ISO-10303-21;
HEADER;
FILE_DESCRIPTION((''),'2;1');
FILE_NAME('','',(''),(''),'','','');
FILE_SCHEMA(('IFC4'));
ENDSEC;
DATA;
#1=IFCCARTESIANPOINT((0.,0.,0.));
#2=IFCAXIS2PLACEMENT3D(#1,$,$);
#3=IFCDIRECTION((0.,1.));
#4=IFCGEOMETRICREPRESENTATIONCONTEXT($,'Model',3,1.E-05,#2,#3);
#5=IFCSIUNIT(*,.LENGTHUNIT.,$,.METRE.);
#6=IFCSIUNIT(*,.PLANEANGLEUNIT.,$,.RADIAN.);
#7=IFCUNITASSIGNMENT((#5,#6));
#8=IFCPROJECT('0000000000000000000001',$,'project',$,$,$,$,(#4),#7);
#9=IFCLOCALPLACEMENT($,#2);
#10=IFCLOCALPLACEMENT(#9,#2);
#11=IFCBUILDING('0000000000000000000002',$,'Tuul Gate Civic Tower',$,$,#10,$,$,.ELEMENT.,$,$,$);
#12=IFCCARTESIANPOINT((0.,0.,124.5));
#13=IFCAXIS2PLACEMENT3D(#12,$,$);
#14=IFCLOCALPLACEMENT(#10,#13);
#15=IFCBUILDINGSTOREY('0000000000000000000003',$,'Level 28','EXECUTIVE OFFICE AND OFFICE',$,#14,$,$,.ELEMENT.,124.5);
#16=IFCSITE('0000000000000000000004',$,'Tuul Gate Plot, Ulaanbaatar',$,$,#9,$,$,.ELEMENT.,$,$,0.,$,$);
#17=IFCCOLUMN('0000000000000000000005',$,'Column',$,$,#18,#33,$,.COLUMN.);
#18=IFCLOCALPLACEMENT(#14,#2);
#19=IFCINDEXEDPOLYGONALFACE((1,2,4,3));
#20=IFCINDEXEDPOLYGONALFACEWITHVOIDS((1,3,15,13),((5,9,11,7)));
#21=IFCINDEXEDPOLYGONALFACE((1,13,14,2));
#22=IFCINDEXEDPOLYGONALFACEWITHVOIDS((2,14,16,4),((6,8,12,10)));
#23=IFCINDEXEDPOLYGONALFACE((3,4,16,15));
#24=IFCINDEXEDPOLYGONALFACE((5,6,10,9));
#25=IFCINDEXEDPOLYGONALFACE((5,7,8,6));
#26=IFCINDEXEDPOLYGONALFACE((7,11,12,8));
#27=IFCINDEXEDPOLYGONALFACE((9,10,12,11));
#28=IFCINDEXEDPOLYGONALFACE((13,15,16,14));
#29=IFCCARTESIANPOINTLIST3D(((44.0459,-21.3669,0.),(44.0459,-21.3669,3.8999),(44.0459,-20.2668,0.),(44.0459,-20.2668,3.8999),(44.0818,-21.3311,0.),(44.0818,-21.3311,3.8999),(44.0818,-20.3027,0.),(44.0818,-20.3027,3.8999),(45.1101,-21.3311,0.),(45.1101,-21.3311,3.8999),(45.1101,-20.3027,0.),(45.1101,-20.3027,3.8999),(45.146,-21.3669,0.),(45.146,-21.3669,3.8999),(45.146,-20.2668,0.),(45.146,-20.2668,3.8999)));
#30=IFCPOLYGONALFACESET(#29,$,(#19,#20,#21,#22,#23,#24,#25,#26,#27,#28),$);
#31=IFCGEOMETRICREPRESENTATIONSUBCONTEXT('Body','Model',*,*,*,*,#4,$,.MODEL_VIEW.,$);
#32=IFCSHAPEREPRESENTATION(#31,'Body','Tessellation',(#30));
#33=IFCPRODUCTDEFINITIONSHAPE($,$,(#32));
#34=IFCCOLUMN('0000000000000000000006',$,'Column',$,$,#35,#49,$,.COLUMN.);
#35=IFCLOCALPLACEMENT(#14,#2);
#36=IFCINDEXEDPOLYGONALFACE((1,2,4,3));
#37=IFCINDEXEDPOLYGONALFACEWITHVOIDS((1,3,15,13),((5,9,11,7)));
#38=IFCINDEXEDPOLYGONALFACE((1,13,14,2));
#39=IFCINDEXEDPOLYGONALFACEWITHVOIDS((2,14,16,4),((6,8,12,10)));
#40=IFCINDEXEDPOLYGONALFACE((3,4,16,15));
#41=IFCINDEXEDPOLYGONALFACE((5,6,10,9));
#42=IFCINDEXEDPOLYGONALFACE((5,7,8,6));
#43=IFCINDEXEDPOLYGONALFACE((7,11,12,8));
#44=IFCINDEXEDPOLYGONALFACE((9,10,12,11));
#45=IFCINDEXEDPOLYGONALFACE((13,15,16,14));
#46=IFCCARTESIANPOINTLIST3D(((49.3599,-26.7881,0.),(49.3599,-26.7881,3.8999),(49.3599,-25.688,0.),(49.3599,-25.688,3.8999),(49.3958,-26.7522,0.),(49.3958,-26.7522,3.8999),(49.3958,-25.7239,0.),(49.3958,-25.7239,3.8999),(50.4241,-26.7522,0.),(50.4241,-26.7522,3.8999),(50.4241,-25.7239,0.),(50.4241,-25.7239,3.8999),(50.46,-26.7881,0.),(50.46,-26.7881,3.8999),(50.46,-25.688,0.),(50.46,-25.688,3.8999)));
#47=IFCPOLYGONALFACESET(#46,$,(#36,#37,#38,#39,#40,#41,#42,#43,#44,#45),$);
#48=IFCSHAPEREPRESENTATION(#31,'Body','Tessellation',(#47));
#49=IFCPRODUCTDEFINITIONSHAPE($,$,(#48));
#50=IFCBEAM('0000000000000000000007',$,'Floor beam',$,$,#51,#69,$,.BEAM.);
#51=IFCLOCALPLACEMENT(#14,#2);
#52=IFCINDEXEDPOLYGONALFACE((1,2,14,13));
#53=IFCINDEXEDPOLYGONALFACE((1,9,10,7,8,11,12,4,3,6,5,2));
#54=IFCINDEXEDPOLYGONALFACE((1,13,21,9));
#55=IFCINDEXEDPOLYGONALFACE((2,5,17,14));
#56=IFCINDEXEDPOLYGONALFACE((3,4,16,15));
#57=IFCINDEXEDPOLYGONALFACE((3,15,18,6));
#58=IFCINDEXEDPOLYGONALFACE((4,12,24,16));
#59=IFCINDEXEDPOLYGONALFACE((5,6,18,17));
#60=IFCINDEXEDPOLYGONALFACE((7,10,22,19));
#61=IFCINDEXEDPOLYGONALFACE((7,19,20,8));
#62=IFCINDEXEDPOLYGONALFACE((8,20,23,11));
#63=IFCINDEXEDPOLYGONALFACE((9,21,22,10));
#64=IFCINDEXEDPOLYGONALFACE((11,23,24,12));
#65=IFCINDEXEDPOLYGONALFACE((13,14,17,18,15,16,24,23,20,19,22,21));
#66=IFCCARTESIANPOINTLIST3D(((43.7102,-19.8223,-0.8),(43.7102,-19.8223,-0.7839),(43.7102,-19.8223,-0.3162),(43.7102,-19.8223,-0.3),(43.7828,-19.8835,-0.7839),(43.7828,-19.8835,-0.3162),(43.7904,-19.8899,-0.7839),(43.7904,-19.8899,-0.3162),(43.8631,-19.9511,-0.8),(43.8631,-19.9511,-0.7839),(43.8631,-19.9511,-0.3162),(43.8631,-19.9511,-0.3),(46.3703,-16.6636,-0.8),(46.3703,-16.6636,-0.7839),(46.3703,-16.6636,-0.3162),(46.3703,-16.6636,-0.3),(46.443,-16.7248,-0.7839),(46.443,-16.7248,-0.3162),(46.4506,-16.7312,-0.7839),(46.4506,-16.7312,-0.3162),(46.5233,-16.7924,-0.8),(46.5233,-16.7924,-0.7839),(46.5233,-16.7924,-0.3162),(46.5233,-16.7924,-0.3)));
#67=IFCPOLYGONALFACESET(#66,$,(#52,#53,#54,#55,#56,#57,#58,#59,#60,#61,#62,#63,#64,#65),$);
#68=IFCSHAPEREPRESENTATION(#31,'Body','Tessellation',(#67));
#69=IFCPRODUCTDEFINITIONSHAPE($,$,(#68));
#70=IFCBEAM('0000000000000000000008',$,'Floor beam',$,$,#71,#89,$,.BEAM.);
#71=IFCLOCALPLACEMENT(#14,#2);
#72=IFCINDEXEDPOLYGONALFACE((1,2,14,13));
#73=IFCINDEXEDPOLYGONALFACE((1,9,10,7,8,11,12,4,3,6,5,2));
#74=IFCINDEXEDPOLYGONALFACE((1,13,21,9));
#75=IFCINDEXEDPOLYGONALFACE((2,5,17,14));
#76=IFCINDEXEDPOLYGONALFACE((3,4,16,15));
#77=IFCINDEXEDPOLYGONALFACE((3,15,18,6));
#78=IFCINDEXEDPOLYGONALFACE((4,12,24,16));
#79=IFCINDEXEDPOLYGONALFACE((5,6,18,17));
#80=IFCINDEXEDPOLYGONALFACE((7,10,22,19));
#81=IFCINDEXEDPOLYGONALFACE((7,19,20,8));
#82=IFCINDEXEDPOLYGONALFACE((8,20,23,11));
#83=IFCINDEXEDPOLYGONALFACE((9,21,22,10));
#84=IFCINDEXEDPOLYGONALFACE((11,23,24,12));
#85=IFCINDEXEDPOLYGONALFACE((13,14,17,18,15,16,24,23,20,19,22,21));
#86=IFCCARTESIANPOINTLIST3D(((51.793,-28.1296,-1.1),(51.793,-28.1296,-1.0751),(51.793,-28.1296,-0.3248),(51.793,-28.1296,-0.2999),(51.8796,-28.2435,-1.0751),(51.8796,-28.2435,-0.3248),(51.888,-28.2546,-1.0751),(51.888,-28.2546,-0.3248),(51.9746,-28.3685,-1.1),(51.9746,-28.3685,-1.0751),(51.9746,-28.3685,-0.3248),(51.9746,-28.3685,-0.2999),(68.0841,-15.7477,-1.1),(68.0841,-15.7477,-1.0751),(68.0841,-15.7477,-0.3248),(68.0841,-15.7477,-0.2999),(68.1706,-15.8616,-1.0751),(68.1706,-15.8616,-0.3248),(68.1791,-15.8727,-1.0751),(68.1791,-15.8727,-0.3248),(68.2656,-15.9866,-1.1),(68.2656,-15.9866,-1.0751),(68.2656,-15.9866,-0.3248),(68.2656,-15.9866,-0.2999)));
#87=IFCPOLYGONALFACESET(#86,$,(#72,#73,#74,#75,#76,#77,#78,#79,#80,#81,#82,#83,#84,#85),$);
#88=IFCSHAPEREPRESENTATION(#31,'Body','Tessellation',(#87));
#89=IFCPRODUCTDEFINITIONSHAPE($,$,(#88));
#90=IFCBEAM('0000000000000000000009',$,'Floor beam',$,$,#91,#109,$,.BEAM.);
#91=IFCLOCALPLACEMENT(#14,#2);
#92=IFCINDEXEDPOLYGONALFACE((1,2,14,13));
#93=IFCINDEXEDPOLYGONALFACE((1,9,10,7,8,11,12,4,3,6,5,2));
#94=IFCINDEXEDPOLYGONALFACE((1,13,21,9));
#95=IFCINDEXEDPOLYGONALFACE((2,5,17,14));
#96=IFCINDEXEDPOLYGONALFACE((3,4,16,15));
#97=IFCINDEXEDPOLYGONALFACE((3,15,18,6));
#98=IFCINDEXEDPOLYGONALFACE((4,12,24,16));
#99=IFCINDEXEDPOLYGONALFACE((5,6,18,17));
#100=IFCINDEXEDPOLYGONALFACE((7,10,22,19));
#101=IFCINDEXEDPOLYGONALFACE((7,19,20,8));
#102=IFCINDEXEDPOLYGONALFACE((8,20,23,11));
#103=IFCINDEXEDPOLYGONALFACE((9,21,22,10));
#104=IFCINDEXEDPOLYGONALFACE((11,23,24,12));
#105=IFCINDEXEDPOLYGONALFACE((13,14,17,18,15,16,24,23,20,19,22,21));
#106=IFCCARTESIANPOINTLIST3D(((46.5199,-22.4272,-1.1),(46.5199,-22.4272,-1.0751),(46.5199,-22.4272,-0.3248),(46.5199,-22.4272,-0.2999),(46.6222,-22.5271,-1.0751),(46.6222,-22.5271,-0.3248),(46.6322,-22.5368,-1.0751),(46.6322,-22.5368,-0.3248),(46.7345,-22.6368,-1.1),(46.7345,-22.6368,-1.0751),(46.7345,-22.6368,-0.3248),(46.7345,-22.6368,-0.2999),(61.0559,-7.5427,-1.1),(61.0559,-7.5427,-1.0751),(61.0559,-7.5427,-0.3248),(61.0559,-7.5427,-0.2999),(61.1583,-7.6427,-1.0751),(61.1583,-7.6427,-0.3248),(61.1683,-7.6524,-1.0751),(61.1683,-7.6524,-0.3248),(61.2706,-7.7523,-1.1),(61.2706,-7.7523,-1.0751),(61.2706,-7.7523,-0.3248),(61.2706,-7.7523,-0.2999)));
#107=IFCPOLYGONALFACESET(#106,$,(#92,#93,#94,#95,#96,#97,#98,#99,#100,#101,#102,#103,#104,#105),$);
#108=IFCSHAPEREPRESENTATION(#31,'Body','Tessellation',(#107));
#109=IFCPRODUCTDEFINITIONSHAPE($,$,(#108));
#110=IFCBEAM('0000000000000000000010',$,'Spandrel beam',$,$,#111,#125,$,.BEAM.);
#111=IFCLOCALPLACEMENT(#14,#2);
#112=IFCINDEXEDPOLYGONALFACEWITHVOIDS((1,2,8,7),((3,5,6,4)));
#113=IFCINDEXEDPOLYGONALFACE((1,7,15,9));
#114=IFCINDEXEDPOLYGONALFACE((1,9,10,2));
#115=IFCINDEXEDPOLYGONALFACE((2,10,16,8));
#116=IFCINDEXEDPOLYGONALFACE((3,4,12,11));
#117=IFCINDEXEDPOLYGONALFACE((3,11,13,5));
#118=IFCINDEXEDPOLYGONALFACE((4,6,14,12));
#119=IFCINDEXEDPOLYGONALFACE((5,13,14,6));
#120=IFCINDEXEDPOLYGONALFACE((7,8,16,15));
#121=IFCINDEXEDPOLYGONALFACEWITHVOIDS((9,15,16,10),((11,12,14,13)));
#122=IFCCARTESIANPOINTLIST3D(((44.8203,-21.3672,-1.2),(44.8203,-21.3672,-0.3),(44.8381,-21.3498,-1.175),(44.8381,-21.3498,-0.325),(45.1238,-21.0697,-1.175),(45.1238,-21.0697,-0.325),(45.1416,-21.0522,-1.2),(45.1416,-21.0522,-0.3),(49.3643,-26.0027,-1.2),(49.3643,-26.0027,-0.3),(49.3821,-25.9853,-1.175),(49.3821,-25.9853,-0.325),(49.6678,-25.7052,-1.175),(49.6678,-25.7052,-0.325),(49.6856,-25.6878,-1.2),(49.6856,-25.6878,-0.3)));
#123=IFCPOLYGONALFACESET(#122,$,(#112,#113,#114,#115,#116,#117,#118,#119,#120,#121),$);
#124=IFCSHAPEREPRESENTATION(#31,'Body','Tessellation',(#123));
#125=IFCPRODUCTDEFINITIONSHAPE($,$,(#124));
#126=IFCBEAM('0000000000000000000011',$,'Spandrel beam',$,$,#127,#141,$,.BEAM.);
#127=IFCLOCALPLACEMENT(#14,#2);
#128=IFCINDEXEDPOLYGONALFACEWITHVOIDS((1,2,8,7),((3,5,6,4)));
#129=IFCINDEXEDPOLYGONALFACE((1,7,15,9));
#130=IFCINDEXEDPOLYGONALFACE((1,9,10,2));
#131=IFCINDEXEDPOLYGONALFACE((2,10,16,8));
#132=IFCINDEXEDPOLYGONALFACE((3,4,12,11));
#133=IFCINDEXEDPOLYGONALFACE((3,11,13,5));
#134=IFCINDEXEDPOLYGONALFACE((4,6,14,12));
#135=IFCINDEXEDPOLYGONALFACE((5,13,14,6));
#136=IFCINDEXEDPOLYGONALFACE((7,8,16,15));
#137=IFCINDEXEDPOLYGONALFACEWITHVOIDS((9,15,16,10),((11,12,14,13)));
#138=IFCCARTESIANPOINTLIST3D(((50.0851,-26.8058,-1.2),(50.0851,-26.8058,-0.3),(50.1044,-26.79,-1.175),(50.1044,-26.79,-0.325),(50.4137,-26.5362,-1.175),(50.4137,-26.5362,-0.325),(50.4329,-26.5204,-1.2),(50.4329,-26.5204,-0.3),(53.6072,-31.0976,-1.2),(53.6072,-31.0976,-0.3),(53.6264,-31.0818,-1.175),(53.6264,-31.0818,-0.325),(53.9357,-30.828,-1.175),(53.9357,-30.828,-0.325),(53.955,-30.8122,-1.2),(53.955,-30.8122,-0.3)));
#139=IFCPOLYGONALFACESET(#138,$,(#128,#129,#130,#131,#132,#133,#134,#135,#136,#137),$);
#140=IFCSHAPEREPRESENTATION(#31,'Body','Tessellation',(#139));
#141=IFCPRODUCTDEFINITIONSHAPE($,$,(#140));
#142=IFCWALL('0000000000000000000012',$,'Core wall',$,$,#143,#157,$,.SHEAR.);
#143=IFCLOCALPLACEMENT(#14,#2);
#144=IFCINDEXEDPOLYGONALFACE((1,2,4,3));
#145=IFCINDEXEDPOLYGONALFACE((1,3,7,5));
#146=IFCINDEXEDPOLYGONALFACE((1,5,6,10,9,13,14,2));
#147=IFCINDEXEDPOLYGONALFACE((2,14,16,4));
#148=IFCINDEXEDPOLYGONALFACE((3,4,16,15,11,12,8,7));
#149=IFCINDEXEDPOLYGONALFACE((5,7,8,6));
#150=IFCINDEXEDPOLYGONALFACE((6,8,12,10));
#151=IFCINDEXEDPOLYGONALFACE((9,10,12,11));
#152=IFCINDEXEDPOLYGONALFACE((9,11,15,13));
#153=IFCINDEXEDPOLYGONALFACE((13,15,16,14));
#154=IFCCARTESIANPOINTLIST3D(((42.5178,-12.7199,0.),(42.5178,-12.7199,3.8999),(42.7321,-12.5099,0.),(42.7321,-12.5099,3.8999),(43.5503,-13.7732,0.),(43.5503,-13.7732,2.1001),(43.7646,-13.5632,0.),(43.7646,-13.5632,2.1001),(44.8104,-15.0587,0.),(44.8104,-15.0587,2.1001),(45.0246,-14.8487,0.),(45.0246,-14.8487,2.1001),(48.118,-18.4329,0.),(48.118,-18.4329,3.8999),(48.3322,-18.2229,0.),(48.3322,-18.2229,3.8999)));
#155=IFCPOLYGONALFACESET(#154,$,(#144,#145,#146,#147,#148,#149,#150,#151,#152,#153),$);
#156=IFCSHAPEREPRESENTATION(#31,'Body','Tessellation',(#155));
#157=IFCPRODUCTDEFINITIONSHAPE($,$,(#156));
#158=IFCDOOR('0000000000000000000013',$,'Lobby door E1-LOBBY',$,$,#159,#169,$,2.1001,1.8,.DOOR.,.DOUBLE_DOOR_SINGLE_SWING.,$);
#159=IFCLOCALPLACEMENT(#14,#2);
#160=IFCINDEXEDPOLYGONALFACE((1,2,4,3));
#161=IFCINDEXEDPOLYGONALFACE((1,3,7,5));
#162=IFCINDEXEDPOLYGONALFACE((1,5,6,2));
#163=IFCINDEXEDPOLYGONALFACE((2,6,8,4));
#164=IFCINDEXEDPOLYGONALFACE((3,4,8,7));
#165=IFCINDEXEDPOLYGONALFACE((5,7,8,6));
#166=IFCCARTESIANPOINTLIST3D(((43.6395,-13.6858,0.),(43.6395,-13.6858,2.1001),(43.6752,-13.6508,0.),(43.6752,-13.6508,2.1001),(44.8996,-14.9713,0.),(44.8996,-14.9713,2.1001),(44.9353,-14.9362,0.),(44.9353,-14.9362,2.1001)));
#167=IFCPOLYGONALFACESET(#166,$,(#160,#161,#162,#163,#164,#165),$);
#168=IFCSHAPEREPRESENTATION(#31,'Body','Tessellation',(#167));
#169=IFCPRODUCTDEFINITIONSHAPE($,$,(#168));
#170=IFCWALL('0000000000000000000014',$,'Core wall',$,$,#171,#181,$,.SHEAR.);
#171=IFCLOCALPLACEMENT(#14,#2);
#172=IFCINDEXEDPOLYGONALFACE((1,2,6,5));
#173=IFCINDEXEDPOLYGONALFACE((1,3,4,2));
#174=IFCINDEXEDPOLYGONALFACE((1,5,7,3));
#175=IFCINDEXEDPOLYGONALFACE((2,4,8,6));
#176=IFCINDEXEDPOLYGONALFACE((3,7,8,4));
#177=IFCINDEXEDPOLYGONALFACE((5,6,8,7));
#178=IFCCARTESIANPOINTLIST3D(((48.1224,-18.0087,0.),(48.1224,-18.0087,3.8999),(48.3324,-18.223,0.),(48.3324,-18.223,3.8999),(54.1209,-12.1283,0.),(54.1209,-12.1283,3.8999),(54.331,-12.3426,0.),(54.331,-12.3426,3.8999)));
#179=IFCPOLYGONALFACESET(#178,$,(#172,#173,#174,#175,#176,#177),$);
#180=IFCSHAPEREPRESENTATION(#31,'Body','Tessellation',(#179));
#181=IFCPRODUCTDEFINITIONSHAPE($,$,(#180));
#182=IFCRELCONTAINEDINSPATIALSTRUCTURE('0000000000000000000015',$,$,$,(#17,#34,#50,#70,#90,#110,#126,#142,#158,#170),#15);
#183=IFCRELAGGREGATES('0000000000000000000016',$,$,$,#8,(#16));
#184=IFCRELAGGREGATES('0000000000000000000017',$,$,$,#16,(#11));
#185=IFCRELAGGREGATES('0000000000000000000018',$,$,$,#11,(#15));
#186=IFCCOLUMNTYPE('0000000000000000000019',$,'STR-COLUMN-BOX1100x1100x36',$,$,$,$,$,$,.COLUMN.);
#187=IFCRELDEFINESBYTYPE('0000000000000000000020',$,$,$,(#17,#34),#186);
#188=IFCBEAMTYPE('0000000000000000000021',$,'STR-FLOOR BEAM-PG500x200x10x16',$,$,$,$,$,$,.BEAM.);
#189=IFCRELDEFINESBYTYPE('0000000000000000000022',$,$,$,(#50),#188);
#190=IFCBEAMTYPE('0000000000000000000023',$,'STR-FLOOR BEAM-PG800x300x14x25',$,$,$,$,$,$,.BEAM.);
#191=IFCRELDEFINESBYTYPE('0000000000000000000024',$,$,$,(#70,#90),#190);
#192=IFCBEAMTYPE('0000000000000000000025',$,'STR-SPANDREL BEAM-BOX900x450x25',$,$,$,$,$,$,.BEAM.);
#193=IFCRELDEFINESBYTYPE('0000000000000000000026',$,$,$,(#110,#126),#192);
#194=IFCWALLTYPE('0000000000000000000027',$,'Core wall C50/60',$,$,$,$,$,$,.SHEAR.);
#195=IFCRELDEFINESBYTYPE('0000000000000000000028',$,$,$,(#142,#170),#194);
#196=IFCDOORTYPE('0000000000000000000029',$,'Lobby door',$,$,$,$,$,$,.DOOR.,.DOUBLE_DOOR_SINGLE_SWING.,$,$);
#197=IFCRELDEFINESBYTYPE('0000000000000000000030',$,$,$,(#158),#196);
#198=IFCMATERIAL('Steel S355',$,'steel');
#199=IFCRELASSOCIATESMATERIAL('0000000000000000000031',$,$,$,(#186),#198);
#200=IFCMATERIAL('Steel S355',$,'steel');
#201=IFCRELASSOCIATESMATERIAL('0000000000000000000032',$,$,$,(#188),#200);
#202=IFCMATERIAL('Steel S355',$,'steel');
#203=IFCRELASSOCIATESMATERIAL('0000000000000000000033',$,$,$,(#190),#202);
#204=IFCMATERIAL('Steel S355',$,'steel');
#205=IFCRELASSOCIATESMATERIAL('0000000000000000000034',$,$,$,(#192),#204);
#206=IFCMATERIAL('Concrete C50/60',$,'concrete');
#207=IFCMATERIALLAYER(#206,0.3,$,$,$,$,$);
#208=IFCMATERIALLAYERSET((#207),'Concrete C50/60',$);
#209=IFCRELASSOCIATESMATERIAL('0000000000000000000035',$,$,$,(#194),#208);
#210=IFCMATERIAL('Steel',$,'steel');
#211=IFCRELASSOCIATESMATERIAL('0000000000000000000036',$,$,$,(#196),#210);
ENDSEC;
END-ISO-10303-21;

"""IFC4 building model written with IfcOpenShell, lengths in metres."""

from ifc_helpers import new_model, si_unit, direction, frame, frame_2d, origin, origin_2d, place, context, subcontext, project, spatial, rectangle, hollow_rectangle, i_section, extrude, material, layer, layer_set, material_profile, profile_set, type_object, element, fill, save


model = new_model("IFC4")

# Units and contexts
model_context = context("Model", 3, precision=1e-05, world=origin(), true_north=direction((0.0, 1.0)))
body_context = subcontext(model_context, "Body", "Model", "MODEL_VIEW")
ifc_project = project(units=[si_unit("LENGTHUNIT", "METRE"), si_unit("PLANEANGLEUNIT", "RADIAN")], contexts=[model_context])

# Site, building, storey
site_placement = place(None, origin())
site = spatial("IfcSite", under=ifc_project, at=site_placement, Name="Tuul Gate Plot, Ulaanbaatar", CompositionType="ELEMENT", RefElevation=0.0)
building_placement = place(site_placement, origin())
building = spatial("IfcBuilding", under=site, at=building_placement, Name="Tuul Gate Civic Tower", CompositionType="ELEMENT")
storey_placement = place(building_placement, frame((0.0, 0.0, 124.5)))
storey = spatial("IfcBuildingStorey", under=building, at=storey_placement, Name="Level 28", Description="EXECUTIVE OFFICE AND OFFICE", CompositionType="ELEMENT", Elevation=124.5)

# Columns
ifc_material_1 = material(Name="Steel S355", Category="steel")
ifc_material_profile_1 = material_profile(ifc_material_1, hollow_rectangle(XDim=1.1001, YDim=1.1001, WallThickness=0.0359, at=origin_2d()), Name="BOX1100x1100x36")
ifc_profile_set_1 = profile_set([ifc_material_profile_1], Name="Steel S355")
column_type = type_object("IfcColumnType", Name="STR-COLUMN-BOX1100x1100x36", PredefinedType="COLUMN", material=ifc_profile_set_1)
for number, where, z_axis, x_axis, name in (
    (1, (44.5959, -20.8169, 0.0), (0.0, 0.0, 1.0), (1.0, 0.0, 0.0), "Column"),
    (2, (49.9099, -26.238, 0.0), (0.0, 0.0, 1.0), (1.0, 0.0, 0.0), "Column"),
):
    element("IfcColumn", number, at=place(storey_placement, frame(where, z_axis=z_axis, x_axis=x_axis)), inside=storey, type_object=column_type, Name=name, PredefinedType="COLUMN", context=body_context, shape_type="SweptSolid", body=[
        extrude(hollow_rectangle(XDim=1.1001, YDim=1.1001, WallThickness=0.0359, at=origin_2d()), origin(), (0.0, 0.0, 1.0), 3.8999),
    ])

# Beams
ifc_material_2 = material(Name="Steel S355", Category="steel")
ifc_material_profile_2 = material_profile(ifc_material_2, i_section(OverallWidth=0.2, OverallDepth=0.5, WebThickness=0.01, FlangeThickness=0.0161, at=origin_2d()), Name="PG500x200x10x16")
ifc_profile_set_2 = profile_set([ifc_material_profile_2], Name="Steel S355")
beam_type_1 = type_object("IfcBeamType", Name="STR-FLOOR BEAM-PG500x200x10x16", PredefinedType="BEAM", material=ifc_profile_set_2)
beam_1_placement = place(storey_placement, frame((43.7866, -19.8867, -0.55), z_axis=(0.644165, 0.764887, 0.0), x_axis=(-0.764887, 0.644165, 0.0)))
element("IfcBeam", 3, at=beam_1_placement, inside=storey, type_object=beam_type_1, Name="Floor beam", PredefinedType="BEAM", context=body_context, shape_type="SweptSolid", body=[
    extrude(i_section(OverallWidth=0.2, OverallDepth=0.5, WebThickness=0.01, FlangeThickness=0.0161, at=origin_2d()), origin(), (0.0, 0.0, 1.0), 4.1296),
])
ifc_material_3 = material(Name="Steel S355", Category="steel")
ifc_material_profile_3 = material_profile(ifc_material_3, i_section(OverallWidth=0.3, OverallDepth=0.8, WebThickness=0.0139, FlangeThickness=0.0249, at=origin_2d()), Name="PG800x300x14x25")
ifc_profile_set_3 = profile_set([ifc_material_profile_3], Name="Steel S355")
beam_type_2 = type_object("IfcBeamType", Name="STR-FLOOR BEAM-PG800x300x14x25", PredefinedType="BEAM", material=ifc_profile_set_3)
beam_2_placement = place(storey_placement, frame((51.8838, -28.249, -0.7), z_axis=(0.796147, 0.605104, 0.0), x_axis=(-0.605104, 0.796147, 0.0)))
element("IfcBeam", 4, at=beam_2_placement, inside=storey, type_object=beam_type_2, Name="Floor beam", PredefinedType="BEAM", context=body_context, shape_type="SweptSolid", body=[
    extrude(i_section(OverallWidth=0.3, OverallDepth=0.8, WebThickness=0.0139, FlangeThickness=0.0249, at=origin_2d()), origin(), (0.0, 0.0, 1.0), 20.4624),
])
beam_3_placement = place(storey_placement, frame((46.6272, -22.532, -0.7), z_axis=(0.698684, 0.71543, 0.0), x_axis=(-0.71543, 0.698684, 0.0)))
element("IfcBeam", 5, at=beam_3_placement, inside=storey, type_object=beam_type_2, Name="Floor beam", PredefinedType="BEAM", context=body_context, shape_type="SweptSolid", body=[
    extrude(i_section(OverallWidth=0.3, OverallDepth=0.8, WebThickness=0.0139, FlangeThickness=0.0249, at=origin_2d()), origin(), (0.0, 0.0, 1.0), 20.8049),
])
ifc_material_4 = material(Name="Steel S355", Category="steel")
ifc_material_profile_4 = material_profile(ifc_material_4, hollow_rectangle(XDim=0.45, YDim=0.8999, WallThickness=0.0249, at=origin_2d()), Name="BOX900x450x25")
ifc_profile_set_4 = profile_set([ifc_material_profile_4], Name="Steel S355")
beam_type_3 = type_object("IfcBeamType", Name="STR-SPANDREL BEAM-BOX900x450x25", PredefinedType="BEAM", material=ifc_profile_set_4)
beam_4_placement = place(storey_placement, frame((44.981, -21.2097, -0.75), z_axis=(0.70002, -0.714124, 0.0), x_axis=(0.714124, 0.70002, 0.0)))
element("IfcBeam", 6, at=beam_4_placement, inside=storey, type_object=beam_type_3, Name="Spandrel beam", PredefinedType="BEAM", context=body_context, shape_type="SweptSolid", body=[
    extrude(hollow_rectangle(XDim=0.45, YDim=0.8999, WallThickness=0.0249, at=origin_2d()), origin(), (0.0, 0.0, 1.0), 6.4912),
])
beam_5_placement = place(storey_placement, frame((50.259, -26.6631, -0.75), z_axis=(0.634375, -0.773026, 0.0), x_axis=(0.773026, 0.634375, 0.0)))
element("IfcBeam", 7, at=beam_5_placement, inside=storey, type_object=beam_type_3, Name="Spandrel beam", PredefinedType="BEAM", context=body_context, shape_type="SweptSolid", body=[
    extrude(hollow_rectangle(XDim=0.45, YDim=0.8999, WallThickness=0.0249, at=origin_2d()), origin(), (0.0, 0.0, 1.0), 5.552),
])

# Wall, opening, door
ifc_material_5 = material(Name="Concrete C50/60", Category="concrete")
ifc_layer_1 = layer(ifc_material_5, 0.3)
ifc_layer_set_1 = layer_set([ifc_layer_1], Name="Concrete C50/60")
wall_type_1 = type_object("IfcWallType", Name="Core wall C50/60", PredefinedType="SHEAR", material=ifc_layer_set_1)
wall_1_placement = place(storey_placement, frame((48.2251, -18.3279, 0.0), z_axis=(0.0, 0.0, 1.0), x_axis=(-0.700022, 0.714121, 0.0)))
wall_1 = element("IfcWall", 8, at=wall_1_placement, inside=storey, type_object=wall_type_1, Name="Core wall", PredefinedType="SHEAR", context=body_context, shape_type="SweptSolid", body=[
    extrude(rectangle(XDim=8.0, YDim=0.3, at=frame_2d((4.0, 0.0))), origin(), (0.0, 0.0, 1.0), 3.8999),
])
opening_1_placement = place(wall_1_placement, frame((4.7251, 0.0, 0.0)))
opening_1 = element("IfcOpeningElement", 9, at=opening_1_placement, cuts=wall_1, PredefinedType="OPENING", context=body_context, shape_type="SweptSolid", body=[
    extrude(rectangle(XDim=1.8, YDim=2.1001, at=frame_2d((0.8999, 1.05))), frame((0.0, 0.1602, 0.0), z_axis=(0.0, -1.0, 0.0), x_axis=(1.0, 0.0, 0.0)), (0.0, 0.0, 1.0), 0.3201),
])
ifc_material_6 = material(Name="Steel", Category="steel")
door_type = type_object("IfcDoorType", Name="Lobby door", OperationType="DOUBLE_DOOR_SINGLE_SWING", PredefinedType="DOOR", material=ifc_material_6)
door_placement = place(opening_1_placement, frame((1.8, 0.0, 0.0), z_axis=(0.0, 0.0, 1.0), x_axis=(-1.0, 0.0, 0.0)))
door = element("IfcDoor", 10, at=door_placement, inside=storey, type_object=door_type, Name="Lobby door E1-LOBBY", OperationType="DOUBLE_DOOR_SINGLE_SWING", OverallHeight=2.1001, OverallWidth=1.8, PredefinedType="DOOR", context=body_context, shape_type="SweptSolid", body=[
    extrude(rectangle(XDim=1.8, YDim=2.1001, at=frame_2d((0.9001, 1.05))), frame((0.0, 0.0249, 0.0), z_axis=(0.0, -1.0, 0.0), x_axis=(1.0, 0.0, 0.0)), (0.0, 0.0, 1.0), 0.05),
])
fill(opening_1, door)

# Wall
wall_2_placement = place(storey_placement, frame((48.2273, -18.116, 0.0), z_axis=(0.0, 0.0, 1.0), x_axis=(0.714105, 0.700038, 0.0)))
element("IfcWall", 11, at=wall_2_placement, inside=storey, type_object=wall_type_1, Name="Core wall", PredefinedType="SHEAR", context=body_context, shape_type="SweptSolid", body=[
    extrude(rectangle(XDim=8.4001, YDim=0.3, at=frame_2d((4.2002, 0.0))), origin(), (0.0, 0.0, 1.0), 3.8999),
])

save(model, "model.ifc")
